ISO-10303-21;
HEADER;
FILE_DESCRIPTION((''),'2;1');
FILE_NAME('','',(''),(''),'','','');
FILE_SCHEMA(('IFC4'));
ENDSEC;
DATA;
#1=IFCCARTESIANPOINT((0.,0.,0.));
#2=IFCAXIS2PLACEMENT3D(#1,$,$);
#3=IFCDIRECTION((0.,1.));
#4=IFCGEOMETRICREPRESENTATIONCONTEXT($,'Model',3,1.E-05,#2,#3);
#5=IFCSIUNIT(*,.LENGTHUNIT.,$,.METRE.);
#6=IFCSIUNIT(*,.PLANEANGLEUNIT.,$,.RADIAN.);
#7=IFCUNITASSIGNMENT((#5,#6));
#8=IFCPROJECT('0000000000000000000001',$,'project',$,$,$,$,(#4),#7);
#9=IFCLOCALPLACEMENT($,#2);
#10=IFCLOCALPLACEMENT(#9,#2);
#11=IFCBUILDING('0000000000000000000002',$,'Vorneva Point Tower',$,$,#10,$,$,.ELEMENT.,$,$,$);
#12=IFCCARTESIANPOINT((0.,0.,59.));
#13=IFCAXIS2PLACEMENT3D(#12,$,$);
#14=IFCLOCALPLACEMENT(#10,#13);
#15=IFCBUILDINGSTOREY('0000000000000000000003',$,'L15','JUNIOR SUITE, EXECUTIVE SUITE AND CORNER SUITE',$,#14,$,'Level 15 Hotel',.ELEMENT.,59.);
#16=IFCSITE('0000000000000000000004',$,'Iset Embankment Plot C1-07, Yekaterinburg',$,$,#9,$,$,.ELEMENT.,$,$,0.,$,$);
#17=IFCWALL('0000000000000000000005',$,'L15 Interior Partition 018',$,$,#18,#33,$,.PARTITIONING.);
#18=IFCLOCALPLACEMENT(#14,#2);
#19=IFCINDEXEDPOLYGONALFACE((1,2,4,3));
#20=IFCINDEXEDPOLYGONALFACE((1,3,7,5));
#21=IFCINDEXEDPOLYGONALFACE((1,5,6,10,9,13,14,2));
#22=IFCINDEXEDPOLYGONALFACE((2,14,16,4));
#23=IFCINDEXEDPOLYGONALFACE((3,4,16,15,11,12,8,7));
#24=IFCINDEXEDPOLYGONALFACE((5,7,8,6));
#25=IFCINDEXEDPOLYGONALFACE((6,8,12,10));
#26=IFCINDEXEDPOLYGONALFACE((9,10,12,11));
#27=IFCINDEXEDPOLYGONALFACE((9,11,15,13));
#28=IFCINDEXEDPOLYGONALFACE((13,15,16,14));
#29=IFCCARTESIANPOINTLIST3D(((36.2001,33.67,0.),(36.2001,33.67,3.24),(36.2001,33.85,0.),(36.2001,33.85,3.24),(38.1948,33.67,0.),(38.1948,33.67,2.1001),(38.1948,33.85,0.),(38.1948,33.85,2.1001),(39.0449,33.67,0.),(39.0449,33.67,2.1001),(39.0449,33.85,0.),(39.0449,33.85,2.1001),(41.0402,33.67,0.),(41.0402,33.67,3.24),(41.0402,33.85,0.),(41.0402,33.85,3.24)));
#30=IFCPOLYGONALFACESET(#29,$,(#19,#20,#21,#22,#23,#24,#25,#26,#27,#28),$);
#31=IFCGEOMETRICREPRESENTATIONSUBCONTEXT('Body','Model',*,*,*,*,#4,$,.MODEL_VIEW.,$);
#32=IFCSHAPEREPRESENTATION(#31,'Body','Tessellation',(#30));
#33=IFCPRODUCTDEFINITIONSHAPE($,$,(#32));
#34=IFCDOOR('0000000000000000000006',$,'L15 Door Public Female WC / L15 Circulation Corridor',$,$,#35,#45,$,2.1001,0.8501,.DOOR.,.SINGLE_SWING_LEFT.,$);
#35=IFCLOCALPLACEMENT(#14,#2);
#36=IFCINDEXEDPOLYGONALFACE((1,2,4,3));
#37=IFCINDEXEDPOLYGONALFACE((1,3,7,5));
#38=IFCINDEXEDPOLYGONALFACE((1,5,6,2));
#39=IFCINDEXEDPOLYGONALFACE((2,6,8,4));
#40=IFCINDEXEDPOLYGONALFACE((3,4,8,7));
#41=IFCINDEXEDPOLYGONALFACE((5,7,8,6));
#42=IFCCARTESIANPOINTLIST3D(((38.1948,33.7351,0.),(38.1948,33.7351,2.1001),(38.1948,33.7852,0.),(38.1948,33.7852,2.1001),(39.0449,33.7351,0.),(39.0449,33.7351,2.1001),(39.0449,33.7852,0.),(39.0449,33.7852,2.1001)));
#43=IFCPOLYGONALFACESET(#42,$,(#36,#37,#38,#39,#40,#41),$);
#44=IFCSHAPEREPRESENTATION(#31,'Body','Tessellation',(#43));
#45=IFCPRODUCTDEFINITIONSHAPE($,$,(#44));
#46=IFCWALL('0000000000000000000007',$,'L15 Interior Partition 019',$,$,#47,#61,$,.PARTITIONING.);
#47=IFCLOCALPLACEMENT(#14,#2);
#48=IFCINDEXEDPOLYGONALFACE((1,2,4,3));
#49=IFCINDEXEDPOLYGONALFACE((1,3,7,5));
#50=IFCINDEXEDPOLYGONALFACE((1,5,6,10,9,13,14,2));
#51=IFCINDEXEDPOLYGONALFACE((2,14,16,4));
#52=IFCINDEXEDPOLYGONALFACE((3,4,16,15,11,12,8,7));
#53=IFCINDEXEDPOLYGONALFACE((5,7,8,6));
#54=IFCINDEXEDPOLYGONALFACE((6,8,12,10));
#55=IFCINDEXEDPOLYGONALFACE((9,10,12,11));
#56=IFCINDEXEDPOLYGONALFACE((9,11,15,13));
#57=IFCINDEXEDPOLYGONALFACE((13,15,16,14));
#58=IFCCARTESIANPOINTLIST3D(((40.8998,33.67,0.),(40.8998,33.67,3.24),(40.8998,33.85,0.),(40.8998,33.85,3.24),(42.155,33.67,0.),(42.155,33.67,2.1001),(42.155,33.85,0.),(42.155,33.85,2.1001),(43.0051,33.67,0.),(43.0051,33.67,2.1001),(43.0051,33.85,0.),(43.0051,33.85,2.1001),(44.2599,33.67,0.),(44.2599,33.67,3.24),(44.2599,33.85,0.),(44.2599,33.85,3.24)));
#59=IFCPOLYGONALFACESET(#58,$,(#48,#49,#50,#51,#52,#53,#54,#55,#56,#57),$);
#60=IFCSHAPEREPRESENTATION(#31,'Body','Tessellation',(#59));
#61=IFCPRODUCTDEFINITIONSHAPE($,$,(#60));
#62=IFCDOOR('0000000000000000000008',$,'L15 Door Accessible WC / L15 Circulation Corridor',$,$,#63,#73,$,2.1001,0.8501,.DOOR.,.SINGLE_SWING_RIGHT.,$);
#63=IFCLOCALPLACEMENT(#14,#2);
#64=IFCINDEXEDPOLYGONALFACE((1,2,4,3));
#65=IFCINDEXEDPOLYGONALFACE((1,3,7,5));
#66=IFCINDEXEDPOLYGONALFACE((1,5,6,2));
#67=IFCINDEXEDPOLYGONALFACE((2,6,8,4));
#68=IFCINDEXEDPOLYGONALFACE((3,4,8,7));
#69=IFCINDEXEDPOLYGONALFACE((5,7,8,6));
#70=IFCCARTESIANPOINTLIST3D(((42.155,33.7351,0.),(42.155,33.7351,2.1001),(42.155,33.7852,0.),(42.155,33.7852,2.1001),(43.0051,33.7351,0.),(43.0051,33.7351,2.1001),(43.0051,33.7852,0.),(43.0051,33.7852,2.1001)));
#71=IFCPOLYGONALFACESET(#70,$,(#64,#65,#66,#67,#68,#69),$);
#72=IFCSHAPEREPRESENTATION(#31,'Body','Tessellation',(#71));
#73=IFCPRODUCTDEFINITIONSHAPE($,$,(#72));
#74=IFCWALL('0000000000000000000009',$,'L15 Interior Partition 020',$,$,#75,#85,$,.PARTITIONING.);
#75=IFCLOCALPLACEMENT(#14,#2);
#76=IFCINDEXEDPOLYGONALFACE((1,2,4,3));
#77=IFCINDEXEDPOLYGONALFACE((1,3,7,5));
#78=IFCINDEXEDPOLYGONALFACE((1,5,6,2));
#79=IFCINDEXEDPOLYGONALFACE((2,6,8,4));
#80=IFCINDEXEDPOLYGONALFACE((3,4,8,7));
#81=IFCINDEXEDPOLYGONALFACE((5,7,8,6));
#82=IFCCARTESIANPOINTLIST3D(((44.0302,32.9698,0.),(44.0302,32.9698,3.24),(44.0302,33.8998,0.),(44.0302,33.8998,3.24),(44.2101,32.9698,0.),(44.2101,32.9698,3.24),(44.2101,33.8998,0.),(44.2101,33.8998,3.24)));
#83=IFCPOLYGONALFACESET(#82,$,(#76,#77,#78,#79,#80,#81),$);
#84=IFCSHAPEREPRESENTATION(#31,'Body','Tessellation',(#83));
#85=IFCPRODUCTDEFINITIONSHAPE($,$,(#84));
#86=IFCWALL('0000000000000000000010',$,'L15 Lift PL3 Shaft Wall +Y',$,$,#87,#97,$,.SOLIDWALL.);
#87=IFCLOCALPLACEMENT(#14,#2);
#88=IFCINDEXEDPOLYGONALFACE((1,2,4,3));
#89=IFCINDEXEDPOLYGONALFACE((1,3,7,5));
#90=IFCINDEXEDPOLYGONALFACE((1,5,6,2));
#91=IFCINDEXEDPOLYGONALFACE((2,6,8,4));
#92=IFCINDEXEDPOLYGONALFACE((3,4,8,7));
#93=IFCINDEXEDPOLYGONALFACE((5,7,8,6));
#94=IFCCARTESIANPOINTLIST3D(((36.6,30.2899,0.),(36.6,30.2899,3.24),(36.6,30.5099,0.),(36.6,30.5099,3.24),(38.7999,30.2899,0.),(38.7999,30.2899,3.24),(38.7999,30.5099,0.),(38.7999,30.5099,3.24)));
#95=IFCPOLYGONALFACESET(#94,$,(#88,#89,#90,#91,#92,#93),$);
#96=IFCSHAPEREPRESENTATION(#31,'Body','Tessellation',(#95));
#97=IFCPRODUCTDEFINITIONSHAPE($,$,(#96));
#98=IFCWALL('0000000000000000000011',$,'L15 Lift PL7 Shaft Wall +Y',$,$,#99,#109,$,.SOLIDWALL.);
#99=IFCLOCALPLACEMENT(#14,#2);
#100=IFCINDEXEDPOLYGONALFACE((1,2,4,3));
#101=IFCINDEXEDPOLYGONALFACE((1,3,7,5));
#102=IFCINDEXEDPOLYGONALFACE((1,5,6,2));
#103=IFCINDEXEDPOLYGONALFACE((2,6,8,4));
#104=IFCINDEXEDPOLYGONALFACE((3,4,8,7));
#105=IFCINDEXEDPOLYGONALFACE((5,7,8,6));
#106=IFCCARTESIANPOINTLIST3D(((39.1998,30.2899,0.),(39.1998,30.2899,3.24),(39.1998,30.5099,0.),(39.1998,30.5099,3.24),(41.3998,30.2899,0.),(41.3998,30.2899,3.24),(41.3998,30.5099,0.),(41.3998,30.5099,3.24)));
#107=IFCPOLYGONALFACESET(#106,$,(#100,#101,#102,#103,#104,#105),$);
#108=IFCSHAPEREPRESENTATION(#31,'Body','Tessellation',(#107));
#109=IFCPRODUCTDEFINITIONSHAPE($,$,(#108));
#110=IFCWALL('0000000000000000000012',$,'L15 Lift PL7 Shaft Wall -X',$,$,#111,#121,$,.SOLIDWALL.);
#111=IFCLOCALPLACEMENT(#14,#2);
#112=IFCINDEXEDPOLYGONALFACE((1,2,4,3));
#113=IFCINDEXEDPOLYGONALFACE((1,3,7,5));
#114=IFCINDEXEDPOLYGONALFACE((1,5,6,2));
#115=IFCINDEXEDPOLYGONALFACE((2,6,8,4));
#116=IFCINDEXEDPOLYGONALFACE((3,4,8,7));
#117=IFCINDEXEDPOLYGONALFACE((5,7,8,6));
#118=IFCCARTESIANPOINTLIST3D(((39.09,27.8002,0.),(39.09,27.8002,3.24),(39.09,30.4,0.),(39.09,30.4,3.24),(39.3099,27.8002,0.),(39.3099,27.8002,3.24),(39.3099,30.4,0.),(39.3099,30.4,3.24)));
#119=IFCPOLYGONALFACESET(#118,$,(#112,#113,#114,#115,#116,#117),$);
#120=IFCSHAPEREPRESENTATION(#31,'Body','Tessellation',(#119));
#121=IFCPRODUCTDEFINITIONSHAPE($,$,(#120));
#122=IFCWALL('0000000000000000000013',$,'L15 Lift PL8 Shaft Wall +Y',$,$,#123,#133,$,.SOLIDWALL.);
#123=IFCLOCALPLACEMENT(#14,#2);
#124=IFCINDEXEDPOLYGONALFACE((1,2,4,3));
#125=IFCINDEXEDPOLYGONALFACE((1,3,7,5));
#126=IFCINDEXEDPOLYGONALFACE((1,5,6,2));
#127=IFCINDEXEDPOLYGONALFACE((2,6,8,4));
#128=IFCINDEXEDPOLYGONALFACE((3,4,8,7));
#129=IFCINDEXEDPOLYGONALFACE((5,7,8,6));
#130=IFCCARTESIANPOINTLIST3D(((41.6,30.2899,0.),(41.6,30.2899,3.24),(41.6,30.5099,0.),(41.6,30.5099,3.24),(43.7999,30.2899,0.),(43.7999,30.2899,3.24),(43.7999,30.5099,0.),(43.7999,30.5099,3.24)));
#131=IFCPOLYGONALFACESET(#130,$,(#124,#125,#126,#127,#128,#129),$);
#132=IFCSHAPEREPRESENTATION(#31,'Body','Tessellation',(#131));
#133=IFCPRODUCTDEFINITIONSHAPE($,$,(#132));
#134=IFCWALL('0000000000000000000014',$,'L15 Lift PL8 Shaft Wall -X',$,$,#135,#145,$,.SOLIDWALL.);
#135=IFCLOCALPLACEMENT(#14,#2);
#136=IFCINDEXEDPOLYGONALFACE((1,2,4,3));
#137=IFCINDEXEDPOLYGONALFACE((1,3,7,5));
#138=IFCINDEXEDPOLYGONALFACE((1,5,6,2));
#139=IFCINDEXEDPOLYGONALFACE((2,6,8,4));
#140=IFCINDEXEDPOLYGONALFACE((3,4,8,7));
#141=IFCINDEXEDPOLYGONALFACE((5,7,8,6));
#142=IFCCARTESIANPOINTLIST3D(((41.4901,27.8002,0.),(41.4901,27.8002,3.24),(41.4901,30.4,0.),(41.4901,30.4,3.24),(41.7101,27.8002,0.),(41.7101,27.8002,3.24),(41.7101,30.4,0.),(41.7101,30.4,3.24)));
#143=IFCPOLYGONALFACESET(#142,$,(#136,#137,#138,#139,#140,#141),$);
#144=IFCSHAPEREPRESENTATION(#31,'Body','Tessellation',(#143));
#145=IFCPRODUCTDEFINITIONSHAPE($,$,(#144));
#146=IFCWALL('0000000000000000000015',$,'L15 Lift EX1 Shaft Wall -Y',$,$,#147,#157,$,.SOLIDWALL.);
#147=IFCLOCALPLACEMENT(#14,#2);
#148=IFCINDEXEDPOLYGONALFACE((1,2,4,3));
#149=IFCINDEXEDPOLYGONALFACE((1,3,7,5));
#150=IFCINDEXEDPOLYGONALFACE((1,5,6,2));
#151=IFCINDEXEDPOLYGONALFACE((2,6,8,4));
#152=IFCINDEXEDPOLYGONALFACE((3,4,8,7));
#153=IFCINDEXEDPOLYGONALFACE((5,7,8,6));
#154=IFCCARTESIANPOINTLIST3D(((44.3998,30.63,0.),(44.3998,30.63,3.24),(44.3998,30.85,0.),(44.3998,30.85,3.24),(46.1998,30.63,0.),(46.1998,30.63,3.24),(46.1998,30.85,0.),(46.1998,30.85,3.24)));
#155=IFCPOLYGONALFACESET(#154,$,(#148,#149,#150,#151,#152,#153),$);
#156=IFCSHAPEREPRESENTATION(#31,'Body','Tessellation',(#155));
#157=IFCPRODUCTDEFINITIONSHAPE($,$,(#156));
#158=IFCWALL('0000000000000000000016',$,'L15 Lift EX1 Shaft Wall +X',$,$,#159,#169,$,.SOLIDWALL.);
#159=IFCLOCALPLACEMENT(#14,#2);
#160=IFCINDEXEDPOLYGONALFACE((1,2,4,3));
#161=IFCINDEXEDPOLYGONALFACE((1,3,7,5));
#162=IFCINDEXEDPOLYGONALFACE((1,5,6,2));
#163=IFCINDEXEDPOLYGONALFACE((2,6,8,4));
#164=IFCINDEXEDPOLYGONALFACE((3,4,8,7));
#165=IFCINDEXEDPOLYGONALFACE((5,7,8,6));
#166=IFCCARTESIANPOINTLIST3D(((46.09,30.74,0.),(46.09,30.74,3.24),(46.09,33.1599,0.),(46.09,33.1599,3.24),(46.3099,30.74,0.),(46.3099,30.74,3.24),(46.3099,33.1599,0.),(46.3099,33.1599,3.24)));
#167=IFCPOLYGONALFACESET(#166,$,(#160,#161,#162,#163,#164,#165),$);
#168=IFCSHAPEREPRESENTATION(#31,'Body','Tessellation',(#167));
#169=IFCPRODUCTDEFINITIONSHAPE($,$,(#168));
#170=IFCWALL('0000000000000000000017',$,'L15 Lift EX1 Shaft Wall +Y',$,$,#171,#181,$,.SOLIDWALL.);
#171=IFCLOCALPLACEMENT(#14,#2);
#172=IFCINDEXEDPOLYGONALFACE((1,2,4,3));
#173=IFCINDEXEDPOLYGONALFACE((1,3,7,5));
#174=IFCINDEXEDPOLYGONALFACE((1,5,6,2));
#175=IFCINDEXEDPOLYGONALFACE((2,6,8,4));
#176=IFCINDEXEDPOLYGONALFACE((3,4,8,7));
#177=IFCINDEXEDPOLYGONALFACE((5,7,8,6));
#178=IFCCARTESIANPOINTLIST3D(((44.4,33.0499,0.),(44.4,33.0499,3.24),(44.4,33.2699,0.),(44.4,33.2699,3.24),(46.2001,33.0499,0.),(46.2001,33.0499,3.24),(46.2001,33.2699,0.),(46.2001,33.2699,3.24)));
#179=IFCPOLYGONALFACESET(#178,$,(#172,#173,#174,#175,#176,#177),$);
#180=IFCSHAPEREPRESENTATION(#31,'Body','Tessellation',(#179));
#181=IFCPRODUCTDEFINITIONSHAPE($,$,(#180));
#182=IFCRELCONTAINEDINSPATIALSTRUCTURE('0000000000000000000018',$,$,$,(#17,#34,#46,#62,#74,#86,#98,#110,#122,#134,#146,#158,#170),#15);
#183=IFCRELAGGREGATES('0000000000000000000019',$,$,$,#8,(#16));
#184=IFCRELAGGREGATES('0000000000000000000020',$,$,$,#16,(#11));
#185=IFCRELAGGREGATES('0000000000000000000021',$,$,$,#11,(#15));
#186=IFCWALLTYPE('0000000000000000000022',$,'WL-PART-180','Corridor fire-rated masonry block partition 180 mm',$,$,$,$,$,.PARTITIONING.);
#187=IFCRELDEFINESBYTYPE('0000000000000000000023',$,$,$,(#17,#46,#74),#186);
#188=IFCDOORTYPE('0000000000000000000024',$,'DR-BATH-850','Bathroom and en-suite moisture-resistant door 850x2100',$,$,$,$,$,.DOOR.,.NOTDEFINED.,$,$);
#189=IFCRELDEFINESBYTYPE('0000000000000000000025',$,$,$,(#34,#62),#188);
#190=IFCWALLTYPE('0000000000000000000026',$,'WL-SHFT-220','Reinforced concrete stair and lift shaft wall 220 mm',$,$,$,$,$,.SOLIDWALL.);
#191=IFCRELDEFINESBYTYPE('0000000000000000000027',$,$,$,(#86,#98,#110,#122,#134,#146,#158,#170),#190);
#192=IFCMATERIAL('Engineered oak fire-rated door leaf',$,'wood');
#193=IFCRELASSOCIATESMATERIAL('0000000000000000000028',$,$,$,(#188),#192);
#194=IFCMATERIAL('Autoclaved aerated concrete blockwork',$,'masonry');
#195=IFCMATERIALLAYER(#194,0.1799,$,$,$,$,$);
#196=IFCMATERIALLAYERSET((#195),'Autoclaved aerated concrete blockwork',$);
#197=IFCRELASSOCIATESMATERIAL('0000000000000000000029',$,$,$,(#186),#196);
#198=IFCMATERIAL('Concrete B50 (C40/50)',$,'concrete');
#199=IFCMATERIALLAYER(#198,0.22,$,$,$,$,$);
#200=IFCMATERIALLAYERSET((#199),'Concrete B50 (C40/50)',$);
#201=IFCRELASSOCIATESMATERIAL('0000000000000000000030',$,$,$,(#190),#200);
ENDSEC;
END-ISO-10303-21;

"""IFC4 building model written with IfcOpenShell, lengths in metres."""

from ifc_helpers import new_model, si_unit, direction, frame, frame_2d, origin, place, context, subcontext, project, spatial, rectangle, extrude, material, layer, layer_set, type_object, element, fill, save


model = new_model("IFC4")

# Units and contexts
model_context = context("Model", 3, precision=1e-05, world=origin(), true_north=direction((0.0, 1.0)))
body_context = subcontext(model_context, "Body", "Model", "MODEL_VIEW")
ifc_project = project(units=[si_unit("LENGTHUNIT", "METRE"), si_unit("PLANEANGLEUNIT", "RADIAN")], contexts=[model_context])

# Site, building, storey
site_placement = place(None, origin())
site = spatial("IfcSite", under=ifc_project, at=site_placement, Name="Iset Embankment Plot C1-07, Yekaterinburg", CompositionType="ELEMENT", RefElevation=0.0)
building_placement = place(site_placement, origin())
building = spatial("IfcBuilding", under=site, at=building_placement, Name="Vorneva Point Tower", CompositionType="ELEMENT")
storey_placement = place(building_placement, frame((0.0, 0.0, 59.0)))
storey = spatial("IfcBuildingStorey", under=building, at=storey_placement, Name="L15", Description="JUNIOR SUITE, EXECUTIVE SUITE AND CORNER SUITE", LongName="Level 15 Hotel", CompositionType="ELEMENT", Elevation=59.0)

# Shared definitions
ifc_material_1 = material(Name="Engineered oak fire-rated door leaf", Category="wood")
door_type_1 = type_object("IfcDoorType", Name="DR-BATH-850", Description="Bathroom and en-suite moisture-resistant door 850x2100", OperationType="NOTDEFINED", PredefinedType="DOOR", material=ifc_material_1)

# Walls, openings, doors
ifc_material_2 = material(Name="Autoclaved aerated concrete blockwork", Category="masonry")
ifc_layer_1 = layer(ifc_material_2, 0.1799)
ifc_layer_set_1 = layer_set([ifc_layer_1], Name="Autoclaved aerated concrete blockwork")
wall_type_1 = type_object("IfcWallType", Name="WL-PART-180", Description="Corridor fire-rated masonry block partition 180 mm", PredefinedType="PARTITIONING", material=ifc_layer_set_1)
wall_1_placement = place(storey_placement, frame((41.04, 33.76, 0.0), z_axis=(0.0, 0.0, 1.0), x_axis=(-1.0, 0.0, 0.0)))
wall_1 = element("IfcWall", 1, at=wall_1_placement, inside=storey, type_object=wall_type_1, Name="L15 Interior Partition 018", PredefinedType="PARTITIONING", context=body_context, shape_type="SweptSolid", body=[
    extrude(rectangle(XDim=4.8401, YDim=0.1799, at=frame_2d((2.4199, 0.0))), origin(), (0.0, 0.0, 1.0), 3.24),
])
opening_1_placement = place(wall_1_placement, frame((1.9951, 0.0, 0.0)))
opening_1 = element("IfcOpeningElement", 2, at=opening_1_placement, cuts=wall_1, PredefinedType="OPENING", context=body_context, shape_type="SweptSolid", body=[
    extrude(rectangle(XDim=0.8501, YDim=2.1001, at=frame_2d((0.425, 1.05))), frame((0.0, 0.105, 0.0), z_axis=(0.0, -1.0, 0.0), x_axis=(1.0, 0.0, 0.0)), (0.0, 0.0, 1.0), 0.2097),
])
door_1_placement = place(opening_1_placement, origin())
door_1 = element("IfcDoor", 3, at=door_1_placement, inside=storey, type_object=door_type_1, Name="L15 Door Public Female WC / L15 Circulation Corridor", OperationType="SINGLE_SWING_LEFT", OverallHeight=2.1001, OverallWidth=0.8501, PredefinedType="DOOR", context=body_context, shape_type="SweptSolid", body=[
    extrude(rectangle(XDim=0.8501, YDim=2.1001, at=frame_2d((0.425, 1.05))), frame((0.0, 0.0249, 0.0), z_axis=(0.0, -1.0, 0.0), x_axis=(1.0, 0.0, 0.0)), (0.0, 0.0, 1.0), 0.05),
])
fill(opening_1, door_1)
wall_2_placement = place(storey_placement, frame((44.26, 33.76, 0.0), z_axis=(0.0, 0.0, 1.0), x_axis=(-1.0, 0.0, 0.0)))
wall_2 = element("IfcWall", 4, at=wall_2_placement, inside=storey, type_object=wall_type_1, Name="L15 Interior Partition 019", PredefinedType="PARTITIONING", context=body_context, shape_type="SweptSolid", body=[
    extrude(rectangle(XDim=3.3601, YDim=0.1799, at=frame_2d((1.6802, 0.0))), origin(), (0.0, 0.0, 1.0), 3.24),
])
opening_2_placement = place(wall_2_placement, frame((1.2549, 0.0, 0.0)))
opening_2 = element("IfcOpeningElement", 5, at=opening_2_placement, cuts=wall_2, PredefinedType="OPENING", context=body_context, shape_type="SweptSolid", body=[
    extrude(rectangle(XDim=0.8501, YDim=2.1001, at=frame_2d((0.425, 1.05))), frame((0.0, 0.105, 0.0), z_axis=(0.0, -1.0, 0.0), x_axis=(1.0, 0.0, 0.0)), (0.0, 0.0, 1.0), 0.2097),
])
door_2_placement = place(opening_2_placement, origin())
door_2 = element("IfcDoor", 6, at=door_2_placement, inside=storey, type_object=door_type_1, Name="L15 Door Accessible WC / L15 Circulation Corridor", OperationType="SINGLE_SWING_RIGHT", OverallHeight=2.1001, OverallWidth=0.8501, PredefinedType="DOOR", context=body_context, shape_type="SweptSolid", body=[
    extrude(rectangle(XDim=0.8501, YDim=2.1001, at=frame_2d((0.425, 1.05))), frame((0.0, 0.0249, 0.0), z_axis=(0.0, -1.0, 0.0), x_axis=(1.0, 0.0, 0.0)), (0.0, 0.0, 1.0), 0.05),
])
fill(opening_2, door_2)

# Walls
wall_3_placement = place(storey_placement, frame((44.1201, 32.97, 0.0), z_axis=(0.0, 0.0, 1.0), x_axis=(0.0, 1.0, 0.0)))
element("IfcWall", 7, at=wall_3_placement, inside=storey, type_object=wall_type_1, Name="L15 Interior Partition 020", PredefinedType="PARTITIONING", context=body_context, shape_type="SweptSolid", body=[
    extrude(rectangle(XDim=0.9299, YDim=0.1799, at=frame_2d((0.4648, 0.0))), origin(), (0.0, 0.0, 1.0), 3.24),
])
ifc_material_3 = material(Name="Concrete B50 (C40/50)", Category="concrete")
ifc_layer_2 = layer(ifc_material_3, 0.22)
ifc_layer_set_2 = layer_set([ifc_layer_2], Name="Concrete B50 (C40/50)")
wall_type_2 = type_object("IfcWallType", Name="WL-SHFT-220", Description="Reinforced concrete stair and lift shaft wall 220 mm", PredefinedType="SOLIDWALL", material=ifc_layer_set_2)
for number, where, z_axis, x_axis, name in (
    (8, (38.8, 30.3999, 0.0), (0.0, 0.0, 1.0), (-1.0, 0.0, 0.0), "L15 Lift PL3 Shaft Wall +Y"),
    (9, (41.3999, 30.3999, 0.0), (0.0, 0.0, 1.0), (-1.0, 0.0, 0.0), "L15 Lift PL7 Shaft Wall +Y"),
):
    element("IfcWall", number, at=place(storey_placement, frame(where, z_axis=z_axis, x_axis=x_axis)), inside=storey, type_object=wall_type_2, Name=name, PredefinedType="SOLIDWALL", context=body_context, shape_type="SweptSolid", body=[
        extrude(rectangle(XDim=2.2, YDim=0.22, at=frame_2d((1.1001, 0.0))), origin(), (0.0, 0.0, 1.0), 3.24),
    ])
wall_4_placement = place(storey_placement, frame((39.2, 30.3999, 0.0), z_axis=(0.0, 0.0, 1.0), x_axis=(0.0, -1.0, 0.0)))
element("IfcWall", 10, at=wall_4_placement, inside=storey, type_object=wall_type_2, Name="L15 Lift PL7 Shaft Wall -X", PredefinedType="SOLIDWALL", context=body_context, shape_type="SweptSolid", body=[
    extrude(rectangle(XDim=2.5999, YDim=0.22, at=frame_2d((1.2998, 0.0))), origin(), (0.0, 0.0, 1.0), 3.24),
])
wall_5_placement = place(storey_placement, frame((43.8, 30.3999, 0.0), z_axis=(0.0, 0.0, 1.0), x_axis=(-1.0, 0.0, 0.0)))
element("IfcWall", 11, at=wall_5_placement, inside=storey, type_object=wall_type_2, Name="L15 Lift PL8 Shaft Wall +Y", PredefinedType="SOLIDWALL", context=body_context, shape_type="SweptSolid", body=[
    extrude(rectangle(XDim=2.2, YDim=0.22, at=frame_2d((1.1001, 0.0))), origin(), (0.0, 0.0, 1.0), 3.24),
])
wall_6_placement = place(storey_placement, frame((41.6001, 30.3999, 0.0), z_axis=(0.0, 0.0, 1.0), x_axis=(0.0, -1.0, 0.0)))
element("IfcWall", 12, at=wall_6_placement, inside=storey, type_object=wall_type_2, Name="L15 Lift PL8 Shaft Wall -X", PredefinedType="SOLIDWALL", context=body_context, shape_type="SweptSolid", body=[
    extrude(rectangle(XDim=2.5999, YDim=0.22, at=frame_2d((1.2998, 0.0))), origin(), (0.0, 0.0, 1.0), 3.24),
])
wall_7_placement = place(storey_placement, frame((44.3999, 30.74, 0.0), z_axis=(0.0, 0.0, 1.0), x_axis=(1.0, 0.0, 0.0)))
element("IfcWall", 13, at=wall_7_placement, inside=storey, type_object=wall_type_2, Name="L15 Lift EX1 Shaft Wall -Y", PredefinedType="SOLIDWALL", context=body_context, shape_type="SweptSolid", body=[
    extrude(rectangle(XDim=1.8, YDim=0.22, at=frame_2d((0.8999, 0.0))), origin(), (0.0, 0.0, 1.0), 3.24),
])
wall_8_placement = place(storey_placement, frame((46.2, 30.74, 0.0), z_axis=(0.0, 0.0, 1.0), x_axis=(0.0, 1.0, 0.0)))
element("IfcWall", 14, at=wall_8_placement, inside=storey, type_object=wall_type_2, Name="L15 Lift EX1 Shaft Wall +X", PredefinedType="SOLIDWALL", context=body_context, shape_type="SweptSolid", body=[
    extrude(rectangle(XDim=2.4199, YDim=0.22, at=frame_2d((1.21, 0.0))), origin(), (0.0, 0.0, 1.0), 3.24),
])
wall_9_placement = place(storey_placement, frame((46.2, 33.1599, 0.0), z_axis=(0.0, 0.0, 1.0), x_axis=(-1.0, 0.0, 0.0)))
element("IfcWall", 15, at=wall_9_placement, inside=storey, type_object=wall_type_2, Name="L15 Lift EX1 Shaft Wall +Y", PredefinedType="SOLIDWALL", context=body_context, shape_type="SweptSolid", body=[
    extrude(rectangle(XDim=1.8, YDim=0.22, at=frame_2d((0.8999, 0.0))), origin(), (0.0, 0.0, 1.0), 3.24),
])

save(model, "model.ifc")
